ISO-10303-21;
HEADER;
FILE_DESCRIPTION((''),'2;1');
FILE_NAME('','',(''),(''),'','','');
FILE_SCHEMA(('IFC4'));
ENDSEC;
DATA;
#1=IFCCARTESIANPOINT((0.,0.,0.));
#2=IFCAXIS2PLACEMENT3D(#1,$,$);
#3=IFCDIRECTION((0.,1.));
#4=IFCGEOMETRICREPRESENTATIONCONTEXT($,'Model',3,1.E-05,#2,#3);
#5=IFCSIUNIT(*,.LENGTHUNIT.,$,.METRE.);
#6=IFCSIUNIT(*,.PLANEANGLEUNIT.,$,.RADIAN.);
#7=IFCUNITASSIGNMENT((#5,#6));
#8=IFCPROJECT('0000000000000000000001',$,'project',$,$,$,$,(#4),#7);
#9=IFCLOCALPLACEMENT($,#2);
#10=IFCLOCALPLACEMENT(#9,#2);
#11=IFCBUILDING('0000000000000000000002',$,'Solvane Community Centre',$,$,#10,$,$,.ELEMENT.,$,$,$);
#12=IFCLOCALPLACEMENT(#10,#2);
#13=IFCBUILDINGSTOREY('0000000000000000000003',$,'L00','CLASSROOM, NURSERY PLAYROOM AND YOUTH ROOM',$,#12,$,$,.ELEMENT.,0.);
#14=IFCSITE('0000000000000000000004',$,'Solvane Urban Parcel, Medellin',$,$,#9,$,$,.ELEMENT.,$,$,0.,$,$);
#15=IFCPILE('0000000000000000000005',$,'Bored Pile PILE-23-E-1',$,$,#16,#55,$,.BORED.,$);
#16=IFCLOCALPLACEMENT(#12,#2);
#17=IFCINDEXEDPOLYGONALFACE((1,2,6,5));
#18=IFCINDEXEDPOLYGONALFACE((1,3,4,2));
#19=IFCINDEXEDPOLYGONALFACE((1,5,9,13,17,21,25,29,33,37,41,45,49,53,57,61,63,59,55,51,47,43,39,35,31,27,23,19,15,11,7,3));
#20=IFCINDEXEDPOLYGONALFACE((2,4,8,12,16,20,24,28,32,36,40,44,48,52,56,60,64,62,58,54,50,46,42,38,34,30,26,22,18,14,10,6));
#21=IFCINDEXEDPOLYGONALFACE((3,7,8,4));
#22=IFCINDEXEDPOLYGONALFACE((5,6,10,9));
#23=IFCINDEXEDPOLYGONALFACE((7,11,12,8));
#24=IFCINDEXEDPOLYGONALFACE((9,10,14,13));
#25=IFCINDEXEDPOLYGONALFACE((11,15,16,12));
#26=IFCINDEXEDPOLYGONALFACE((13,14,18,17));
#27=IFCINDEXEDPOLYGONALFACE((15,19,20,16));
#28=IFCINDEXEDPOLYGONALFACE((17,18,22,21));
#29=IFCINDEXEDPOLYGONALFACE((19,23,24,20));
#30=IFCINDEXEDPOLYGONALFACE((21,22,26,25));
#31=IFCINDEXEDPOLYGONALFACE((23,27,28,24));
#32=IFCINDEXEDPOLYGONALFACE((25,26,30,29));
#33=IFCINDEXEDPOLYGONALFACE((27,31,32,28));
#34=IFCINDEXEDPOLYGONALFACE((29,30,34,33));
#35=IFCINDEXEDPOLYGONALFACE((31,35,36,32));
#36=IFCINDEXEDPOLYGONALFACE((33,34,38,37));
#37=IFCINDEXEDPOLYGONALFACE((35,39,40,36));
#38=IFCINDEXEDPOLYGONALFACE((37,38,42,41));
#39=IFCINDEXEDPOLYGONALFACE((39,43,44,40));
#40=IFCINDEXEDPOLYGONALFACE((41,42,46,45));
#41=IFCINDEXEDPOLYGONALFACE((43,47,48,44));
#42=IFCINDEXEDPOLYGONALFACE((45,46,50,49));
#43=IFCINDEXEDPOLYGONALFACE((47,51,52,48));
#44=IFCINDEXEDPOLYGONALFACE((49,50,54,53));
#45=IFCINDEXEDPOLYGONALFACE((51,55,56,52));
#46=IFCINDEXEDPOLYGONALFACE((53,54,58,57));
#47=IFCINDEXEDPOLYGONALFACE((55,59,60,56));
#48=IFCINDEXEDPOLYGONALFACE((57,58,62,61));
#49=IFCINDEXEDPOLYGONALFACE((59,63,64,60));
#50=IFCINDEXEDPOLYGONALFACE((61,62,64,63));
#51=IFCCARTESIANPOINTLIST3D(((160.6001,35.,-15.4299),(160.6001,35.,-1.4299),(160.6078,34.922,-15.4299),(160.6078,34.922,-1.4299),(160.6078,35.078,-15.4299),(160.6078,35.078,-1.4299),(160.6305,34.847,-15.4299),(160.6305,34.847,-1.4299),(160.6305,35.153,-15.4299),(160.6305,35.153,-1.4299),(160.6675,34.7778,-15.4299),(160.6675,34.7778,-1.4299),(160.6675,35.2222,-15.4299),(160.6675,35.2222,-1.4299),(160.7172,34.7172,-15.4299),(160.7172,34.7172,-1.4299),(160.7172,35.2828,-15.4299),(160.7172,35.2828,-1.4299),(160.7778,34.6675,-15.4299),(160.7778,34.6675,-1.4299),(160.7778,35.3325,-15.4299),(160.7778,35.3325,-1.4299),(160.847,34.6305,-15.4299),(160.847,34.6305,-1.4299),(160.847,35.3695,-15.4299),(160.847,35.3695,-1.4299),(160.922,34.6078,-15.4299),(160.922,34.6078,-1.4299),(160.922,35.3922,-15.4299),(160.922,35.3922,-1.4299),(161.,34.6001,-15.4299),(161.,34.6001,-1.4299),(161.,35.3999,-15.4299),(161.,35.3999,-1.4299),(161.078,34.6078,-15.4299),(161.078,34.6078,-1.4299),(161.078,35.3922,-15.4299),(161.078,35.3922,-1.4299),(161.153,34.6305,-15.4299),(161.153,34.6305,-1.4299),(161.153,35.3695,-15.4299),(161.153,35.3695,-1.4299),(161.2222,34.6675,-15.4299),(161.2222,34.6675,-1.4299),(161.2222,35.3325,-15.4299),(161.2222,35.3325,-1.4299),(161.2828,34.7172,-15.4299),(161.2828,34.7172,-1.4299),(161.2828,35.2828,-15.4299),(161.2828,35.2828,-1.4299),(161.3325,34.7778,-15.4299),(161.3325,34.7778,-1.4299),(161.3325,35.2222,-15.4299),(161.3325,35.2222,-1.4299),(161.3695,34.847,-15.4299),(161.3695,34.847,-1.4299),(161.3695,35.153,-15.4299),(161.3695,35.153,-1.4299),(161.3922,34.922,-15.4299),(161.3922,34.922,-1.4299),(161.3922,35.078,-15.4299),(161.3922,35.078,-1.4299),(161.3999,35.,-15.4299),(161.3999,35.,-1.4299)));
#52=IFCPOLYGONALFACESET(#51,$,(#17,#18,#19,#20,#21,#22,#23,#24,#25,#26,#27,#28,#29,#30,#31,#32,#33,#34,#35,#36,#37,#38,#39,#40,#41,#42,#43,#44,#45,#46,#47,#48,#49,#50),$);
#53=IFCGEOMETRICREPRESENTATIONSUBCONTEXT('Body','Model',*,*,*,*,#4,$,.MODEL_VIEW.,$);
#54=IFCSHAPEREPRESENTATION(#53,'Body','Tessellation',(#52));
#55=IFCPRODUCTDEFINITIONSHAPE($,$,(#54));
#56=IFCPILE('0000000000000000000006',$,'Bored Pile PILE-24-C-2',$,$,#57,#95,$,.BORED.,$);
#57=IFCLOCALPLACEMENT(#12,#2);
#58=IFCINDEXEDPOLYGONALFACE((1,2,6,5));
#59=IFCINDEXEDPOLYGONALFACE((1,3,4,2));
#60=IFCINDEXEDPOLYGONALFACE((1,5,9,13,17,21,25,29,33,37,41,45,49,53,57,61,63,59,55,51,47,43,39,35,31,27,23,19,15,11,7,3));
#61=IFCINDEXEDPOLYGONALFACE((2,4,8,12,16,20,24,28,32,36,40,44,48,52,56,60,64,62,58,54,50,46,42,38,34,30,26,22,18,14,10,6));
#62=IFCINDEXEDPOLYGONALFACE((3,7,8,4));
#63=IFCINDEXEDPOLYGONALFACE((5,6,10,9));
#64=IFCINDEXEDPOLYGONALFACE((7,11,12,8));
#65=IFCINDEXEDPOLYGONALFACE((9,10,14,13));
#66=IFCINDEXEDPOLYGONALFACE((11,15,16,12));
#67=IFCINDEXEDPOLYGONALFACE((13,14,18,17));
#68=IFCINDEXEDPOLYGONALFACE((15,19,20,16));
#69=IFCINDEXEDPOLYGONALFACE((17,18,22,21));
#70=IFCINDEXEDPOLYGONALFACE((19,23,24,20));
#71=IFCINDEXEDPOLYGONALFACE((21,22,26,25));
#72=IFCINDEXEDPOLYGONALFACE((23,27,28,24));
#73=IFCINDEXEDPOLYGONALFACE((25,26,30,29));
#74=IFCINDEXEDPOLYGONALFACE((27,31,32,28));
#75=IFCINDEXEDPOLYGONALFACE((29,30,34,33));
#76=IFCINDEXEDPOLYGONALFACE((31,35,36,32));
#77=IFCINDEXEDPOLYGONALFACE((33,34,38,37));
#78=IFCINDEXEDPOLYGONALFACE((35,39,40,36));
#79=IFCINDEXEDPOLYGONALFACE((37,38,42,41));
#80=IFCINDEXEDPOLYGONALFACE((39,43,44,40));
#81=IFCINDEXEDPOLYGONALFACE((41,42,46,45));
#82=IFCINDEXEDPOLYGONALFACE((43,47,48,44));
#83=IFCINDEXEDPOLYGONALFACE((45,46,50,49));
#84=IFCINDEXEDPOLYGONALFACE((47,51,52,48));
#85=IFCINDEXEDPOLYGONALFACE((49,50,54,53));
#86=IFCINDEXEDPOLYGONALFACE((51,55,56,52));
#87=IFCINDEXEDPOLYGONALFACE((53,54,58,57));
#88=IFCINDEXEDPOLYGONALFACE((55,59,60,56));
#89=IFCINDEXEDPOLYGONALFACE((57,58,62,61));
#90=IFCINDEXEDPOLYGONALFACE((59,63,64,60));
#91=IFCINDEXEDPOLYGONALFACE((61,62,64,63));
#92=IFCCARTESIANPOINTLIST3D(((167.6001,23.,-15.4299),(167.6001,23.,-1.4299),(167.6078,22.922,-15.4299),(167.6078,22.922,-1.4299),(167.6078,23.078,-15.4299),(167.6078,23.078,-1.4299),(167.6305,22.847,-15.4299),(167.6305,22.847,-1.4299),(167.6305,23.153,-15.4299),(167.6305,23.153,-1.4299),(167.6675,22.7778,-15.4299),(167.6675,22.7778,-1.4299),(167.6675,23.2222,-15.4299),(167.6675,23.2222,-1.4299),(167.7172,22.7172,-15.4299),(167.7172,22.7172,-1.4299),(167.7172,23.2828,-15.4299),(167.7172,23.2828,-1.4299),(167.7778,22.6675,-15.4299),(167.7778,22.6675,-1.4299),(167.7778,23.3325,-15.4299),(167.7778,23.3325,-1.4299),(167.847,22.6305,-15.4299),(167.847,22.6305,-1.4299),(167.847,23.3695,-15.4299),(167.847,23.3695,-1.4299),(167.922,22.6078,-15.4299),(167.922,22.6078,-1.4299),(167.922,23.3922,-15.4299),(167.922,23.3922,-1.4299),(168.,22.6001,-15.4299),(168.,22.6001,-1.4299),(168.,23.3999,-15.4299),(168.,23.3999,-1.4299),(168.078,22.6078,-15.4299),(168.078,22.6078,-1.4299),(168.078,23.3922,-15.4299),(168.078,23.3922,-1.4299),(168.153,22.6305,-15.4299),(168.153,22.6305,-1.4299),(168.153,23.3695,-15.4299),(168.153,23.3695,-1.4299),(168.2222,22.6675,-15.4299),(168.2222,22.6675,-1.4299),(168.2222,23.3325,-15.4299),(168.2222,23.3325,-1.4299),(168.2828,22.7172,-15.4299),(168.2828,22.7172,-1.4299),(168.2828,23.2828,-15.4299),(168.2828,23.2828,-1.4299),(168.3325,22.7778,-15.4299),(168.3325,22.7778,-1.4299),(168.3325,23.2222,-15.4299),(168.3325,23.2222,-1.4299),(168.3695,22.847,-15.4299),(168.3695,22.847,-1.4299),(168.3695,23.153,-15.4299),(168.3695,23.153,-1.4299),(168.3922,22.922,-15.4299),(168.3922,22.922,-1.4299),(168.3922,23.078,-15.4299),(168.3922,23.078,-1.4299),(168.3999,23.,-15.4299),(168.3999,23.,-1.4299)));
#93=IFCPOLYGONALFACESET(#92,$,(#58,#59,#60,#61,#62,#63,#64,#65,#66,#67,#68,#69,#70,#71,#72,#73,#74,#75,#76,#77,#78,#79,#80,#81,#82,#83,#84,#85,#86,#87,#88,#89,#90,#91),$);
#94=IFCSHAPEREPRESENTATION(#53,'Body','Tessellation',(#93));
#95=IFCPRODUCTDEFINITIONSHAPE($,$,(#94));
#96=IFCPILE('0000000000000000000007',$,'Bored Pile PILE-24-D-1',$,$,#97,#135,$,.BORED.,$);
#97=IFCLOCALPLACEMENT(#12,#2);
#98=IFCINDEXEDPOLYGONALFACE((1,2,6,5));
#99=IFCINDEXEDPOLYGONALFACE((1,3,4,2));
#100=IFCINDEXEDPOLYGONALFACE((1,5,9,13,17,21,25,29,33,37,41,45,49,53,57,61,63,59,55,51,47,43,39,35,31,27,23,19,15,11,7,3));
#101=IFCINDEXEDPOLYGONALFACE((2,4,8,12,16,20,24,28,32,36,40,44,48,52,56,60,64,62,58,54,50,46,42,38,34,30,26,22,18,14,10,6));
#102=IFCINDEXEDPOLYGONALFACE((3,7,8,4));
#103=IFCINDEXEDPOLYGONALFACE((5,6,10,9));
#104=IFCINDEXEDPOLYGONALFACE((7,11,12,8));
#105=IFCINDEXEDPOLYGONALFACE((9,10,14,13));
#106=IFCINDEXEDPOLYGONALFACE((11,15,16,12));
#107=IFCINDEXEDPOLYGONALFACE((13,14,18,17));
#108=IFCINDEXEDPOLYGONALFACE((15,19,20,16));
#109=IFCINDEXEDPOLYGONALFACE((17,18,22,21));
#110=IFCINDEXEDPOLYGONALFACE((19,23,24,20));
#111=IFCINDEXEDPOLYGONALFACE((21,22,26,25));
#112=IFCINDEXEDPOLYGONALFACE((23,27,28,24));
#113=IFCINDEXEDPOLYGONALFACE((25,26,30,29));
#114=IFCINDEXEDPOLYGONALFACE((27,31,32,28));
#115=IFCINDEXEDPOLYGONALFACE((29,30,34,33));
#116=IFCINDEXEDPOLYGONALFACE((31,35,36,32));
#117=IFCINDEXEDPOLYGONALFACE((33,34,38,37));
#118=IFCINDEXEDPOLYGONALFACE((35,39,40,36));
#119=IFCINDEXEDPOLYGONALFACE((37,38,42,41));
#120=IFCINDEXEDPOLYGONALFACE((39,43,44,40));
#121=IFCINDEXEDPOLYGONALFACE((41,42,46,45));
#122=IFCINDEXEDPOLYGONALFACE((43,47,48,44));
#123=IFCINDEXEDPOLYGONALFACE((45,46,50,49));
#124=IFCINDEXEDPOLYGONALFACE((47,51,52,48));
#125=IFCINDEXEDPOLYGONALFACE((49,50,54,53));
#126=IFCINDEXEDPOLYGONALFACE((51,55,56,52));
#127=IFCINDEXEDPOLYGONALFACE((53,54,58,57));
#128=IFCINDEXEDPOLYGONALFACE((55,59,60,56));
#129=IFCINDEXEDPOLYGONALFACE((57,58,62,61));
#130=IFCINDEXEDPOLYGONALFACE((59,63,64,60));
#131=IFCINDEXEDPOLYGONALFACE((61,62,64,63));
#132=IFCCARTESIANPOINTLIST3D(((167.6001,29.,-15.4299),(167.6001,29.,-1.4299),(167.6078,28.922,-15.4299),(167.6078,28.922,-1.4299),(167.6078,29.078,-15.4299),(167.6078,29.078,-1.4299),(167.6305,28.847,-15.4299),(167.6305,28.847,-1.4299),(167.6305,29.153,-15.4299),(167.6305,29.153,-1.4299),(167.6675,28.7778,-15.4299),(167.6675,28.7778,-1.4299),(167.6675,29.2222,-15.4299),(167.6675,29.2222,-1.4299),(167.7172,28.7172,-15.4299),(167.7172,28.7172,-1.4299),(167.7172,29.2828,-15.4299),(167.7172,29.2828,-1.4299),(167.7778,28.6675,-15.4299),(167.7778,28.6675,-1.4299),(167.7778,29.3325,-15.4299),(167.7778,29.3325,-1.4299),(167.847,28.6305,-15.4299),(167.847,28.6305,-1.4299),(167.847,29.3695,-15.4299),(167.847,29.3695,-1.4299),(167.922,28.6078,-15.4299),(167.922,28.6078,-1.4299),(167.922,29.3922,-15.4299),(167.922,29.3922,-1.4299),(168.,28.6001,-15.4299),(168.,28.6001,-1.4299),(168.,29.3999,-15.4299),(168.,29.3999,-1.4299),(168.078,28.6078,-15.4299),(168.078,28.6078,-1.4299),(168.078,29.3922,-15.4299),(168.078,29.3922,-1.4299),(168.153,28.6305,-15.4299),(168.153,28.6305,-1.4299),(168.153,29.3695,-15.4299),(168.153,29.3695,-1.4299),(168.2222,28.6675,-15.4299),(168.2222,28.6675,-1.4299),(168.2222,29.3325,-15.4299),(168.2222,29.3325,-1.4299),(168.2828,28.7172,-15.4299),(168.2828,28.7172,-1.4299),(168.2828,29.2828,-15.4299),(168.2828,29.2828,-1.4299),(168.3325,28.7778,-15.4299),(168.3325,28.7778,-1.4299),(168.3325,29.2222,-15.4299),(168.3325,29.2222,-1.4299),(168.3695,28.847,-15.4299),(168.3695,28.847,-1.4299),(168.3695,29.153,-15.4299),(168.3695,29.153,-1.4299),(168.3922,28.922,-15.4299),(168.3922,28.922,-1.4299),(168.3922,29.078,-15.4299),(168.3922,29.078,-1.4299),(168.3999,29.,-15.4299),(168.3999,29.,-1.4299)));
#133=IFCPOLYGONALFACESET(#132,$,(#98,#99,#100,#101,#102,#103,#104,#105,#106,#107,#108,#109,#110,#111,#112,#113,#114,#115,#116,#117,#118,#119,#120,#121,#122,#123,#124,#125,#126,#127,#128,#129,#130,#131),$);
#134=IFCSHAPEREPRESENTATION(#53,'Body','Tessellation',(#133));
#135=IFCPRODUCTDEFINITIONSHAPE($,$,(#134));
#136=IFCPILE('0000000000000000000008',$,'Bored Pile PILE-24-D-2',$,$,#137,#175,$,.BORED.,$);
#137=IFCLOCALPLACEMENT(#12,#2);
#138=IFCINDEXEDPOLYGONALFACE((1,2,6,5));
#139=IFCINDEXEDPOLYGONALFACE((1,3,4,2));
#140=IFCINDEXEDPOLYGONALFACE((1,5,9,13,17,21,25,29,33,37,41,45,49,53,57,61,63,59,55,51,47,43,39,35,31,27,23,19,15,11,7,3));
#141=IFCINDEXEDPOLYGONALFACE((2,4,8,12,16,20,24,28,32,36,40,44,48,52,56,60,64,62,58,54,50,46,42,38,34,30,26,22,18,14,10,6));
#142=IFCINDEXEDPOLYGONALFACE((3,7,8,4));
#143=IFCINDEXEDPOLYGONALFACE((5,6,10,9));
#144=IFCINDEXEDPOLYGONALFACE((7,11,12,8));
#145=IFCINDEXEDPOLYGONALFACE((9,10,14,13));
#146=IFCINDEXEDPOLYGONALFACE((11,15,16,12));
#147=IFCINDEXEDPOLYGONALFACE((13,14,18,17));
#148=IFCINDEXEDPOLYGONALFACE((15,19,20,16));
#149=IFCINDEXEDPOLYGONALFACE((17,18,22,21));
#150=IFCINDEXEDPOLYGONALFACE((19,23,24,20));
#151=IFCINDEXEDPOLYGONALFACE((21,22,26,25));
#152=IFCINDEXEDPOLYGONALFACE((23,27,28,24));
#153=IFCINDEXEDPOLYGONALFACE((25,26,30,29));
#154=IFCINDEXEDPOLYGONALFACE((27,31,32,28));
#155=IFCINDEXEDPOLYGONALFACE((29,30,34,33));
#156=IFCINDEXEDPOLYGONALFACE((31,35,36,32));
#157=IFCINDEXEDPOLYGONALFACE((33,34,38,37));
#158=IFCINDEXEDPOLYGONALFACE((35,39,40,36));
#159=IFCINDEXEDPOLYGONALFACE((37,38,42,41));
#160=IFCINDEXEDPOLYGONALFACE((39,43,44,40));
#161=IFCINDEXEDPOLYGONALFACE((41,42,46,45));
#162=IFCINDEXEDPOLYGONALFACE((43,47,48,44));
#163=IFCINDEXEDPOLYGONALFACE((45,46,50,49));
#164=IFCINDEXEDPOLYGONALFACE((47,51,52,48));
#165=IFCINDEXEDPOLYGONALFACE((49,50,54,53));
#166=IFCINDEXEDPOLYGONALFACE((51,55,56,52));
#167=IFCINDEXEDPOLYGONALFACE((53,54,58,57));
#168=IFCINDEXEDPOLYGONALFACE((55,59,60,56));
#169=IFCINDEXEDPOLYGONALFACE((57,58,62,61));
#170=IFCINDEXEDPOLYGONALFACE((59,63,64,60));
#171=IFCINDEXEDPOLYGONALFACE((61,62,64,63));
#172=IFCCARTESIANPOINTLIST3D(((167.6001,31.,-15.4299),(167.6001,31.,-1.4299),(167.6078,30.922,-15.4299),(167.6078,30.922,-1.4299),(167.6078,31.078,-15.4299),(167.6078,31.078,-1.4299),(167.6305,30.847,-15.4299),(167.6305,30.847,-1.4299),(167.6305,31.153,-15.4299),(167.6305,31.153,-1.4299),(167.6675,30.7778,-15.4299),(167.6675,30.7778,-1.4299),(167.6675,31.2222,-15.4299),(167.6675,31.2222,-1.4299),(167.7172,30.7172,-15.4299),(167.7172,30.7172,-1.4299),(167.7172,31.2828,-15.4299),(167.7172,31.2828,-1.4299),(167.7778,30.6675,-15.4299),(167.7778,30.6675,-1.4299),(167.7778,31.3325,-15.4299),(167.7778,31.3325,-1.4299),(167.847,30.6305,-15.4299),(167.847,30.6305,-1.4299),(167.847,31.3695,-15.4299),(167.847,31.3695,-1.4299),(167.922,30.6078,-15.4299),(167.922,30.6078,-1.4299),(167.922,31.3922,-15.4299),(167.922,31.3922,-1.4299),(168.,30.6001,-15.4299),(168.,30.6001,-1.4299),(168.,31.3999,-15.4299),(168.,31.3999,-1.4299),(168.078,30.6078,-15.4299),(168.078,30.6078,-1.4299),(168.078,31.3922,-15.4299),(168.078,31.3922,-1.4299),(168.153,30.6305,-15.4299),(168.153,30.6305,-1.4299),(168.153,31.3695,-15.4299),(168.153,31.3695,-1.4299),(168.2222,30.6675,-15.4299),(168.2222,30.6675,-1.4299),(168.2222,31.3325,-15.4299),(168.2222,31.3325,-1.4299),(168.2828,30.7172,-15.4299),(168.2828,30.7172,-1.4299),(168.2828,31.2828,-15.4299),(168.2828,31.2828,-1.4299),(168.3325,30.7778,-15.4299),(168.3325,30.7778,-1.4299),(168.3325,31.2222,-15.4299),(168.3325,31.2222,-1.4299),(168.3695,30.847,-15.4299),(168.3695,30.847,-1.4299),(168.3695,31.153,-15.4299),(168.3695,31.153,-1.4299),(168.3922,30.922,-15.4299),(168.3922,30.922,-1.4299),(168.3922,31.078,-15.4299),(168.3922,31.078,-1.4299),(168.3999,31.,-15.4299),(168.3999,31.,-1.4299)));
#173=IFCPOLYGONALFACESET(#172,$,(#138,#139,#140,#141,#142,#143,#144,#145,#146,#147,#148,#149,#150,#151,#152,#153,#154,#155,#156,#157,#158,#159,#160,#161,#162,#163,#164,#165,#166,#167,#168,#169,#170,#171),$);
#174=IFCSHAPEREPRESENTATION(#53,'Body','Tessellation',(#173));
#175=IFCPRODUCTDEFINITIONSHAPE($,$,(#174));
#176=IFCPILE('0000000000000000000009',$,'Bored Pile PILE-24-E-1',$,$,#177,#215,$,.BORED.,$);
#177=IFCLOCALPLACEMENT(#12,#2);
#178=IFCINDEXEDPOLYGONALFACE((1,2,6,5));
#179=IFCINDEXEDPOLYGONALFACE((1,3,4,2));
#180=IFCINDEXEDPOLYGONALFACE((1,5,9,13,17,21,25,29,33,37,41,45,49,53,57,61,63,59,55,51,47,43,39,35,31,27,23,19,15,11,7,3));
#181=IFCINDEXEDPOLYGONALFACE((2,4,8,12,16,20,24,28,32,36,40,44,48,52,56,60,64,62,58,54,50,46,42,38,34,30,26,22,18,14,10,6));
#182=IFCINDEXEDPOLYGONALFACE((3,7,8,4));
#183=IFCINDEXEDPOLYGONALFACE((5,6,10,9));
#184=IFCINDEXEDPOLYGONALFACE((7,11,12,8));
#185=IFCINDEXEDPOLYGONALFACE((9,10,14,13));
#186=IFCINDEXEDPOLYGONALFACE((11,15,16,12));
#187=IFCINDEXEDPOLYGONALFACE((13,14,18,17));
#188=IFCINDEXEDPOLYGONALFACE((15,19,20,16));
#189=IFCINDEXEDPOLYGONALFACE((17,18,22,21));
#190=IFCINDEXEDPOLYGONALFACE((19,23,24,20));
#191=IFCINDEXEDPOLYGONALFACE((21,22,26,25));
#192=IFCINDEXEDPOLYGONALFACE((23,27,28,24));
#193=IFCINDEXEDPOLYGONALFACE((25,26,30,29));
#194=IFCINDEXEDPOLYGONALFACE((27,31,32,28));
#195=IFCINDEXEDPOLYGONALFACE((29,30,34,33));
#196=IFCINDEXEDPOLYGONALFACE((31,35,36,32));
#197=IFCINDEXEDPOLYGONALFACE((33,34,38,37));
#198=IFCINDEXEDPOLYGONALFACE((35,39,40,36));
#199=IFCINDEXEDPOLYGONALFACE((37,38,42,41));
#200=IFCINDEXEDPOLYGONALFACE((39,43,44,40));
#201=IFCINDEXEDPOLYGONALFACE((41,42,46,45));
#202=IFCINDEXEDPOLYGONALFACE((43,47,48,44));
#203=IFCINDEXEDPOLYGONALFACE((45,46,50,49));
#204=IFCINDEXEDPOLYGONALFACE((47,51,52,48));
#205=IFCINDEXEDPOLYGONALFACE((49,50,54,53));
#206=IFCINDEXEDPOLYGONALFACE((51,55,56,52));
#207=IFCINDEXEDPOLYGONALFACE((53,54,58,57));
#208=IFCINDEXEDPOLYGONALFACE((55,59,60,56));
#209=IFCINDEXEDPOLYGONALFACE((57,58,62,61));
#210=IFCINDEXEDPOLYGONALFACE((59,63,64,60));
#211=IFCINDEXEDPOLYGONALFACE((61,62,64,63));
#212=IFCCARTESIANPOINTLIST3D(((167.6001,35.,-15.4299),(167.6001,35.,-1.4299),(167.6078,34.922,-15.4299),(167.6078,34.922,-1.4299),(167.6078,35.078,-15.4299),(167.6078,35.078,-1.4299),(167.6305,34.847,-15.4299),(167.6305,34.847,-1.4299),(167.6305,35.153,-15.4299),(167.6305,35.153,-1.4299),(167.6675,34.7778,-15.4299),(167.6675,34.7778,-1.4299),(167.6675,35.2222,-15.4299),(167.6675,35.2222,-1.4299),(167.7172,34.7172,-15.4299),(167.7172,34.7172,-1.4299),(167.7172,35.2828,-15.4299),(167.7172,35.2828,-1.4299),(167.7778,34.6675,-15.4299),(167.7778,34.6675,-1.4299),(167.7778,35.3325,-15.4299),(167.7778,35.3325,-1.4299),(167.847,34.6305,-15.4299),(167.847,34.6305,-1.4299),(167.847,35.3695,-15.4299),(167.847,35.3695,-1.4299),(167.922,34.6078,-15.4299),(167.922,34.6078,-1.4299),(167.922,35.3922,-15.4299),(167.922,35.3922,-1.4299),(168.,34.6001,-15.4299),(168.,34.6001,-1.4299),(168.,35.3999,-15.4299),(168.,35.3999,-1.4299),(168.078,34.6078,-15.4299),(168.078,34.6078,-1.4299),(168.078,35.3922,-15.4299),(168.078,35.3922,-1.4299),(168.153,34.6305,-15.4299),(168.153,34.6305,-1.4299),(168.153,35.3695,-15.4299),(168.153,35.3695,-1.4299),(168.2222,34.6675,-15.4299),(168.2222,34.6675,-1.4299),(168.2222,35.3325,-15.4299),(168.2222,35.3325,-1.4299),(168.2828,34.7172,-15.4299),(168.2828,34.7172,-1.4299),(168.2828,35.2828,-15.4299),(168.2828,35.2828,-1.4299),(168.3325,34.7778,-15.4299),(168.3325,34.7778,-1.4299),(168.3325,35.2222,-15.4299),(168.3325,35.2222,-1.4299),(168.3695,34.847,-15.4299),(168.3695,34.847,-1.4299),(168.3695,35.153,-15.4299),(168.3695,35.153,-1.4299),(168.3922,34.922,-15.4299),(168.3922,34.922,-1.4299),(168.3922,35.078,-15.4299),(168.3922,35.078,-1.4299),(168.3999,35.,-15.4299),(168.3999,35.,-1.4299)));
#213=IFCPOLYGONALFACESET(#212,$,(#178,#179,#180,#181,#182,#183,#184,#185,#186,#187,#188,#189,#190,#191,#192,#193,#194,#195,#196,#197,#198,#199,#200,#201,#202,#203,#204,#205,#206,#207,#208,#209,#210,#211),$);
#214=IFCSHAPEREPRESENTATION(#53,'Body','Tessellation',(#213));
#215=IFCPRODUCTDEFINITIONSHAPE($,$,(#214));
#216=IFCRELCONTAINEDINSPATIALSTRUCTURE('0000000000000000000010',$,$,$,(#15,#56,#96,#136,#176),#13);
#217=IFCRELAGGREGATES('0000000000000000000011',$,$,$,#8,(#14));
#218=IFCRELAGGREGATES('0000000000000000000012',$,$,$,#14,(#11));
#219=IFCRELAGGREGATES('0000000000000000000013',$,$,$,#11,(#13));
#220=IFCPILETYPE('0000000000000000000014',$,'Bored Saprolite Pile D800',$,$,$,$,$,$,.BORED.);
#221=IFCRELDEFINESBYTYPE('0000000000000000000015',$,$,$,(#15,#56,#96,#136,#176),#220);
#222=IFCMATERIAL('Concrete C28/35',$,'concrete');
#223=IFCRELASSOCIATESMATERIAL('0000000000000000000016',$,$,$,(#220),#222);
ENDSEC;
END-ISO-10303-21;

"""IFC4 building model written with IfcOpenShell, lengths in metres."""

from ifc_helpers import new_model, si_unit, direction, frame, origin, origin_2d, place, context, subcontext, project, spatial, circle, extrude, material, material_profile, profile_set, type_object, element, save


model = new_model("IFC4")

# Units and contexts
model_context = context("Model", 3, precision=1e-05, world=origin(), true_north=direction((0.0, 1.0)))
body_context = subcontext(model_context, "Body", "Model", "MODEL_VIEW")
ifc_project = project(units=[si_unit("LENGTHUNIT", "METRE"), si_unit("PLANEANGLEUNIT", "RADIAN")], contexts=[model_context])

# Site, building, storey
site_placement = place(None, origin())
site = spatial("IfcSite", under=ifc_project, at=site_placement, Name="Solvane Urban Parcel, Medellin", CompositionType="ELEMENT", RefElevation=0.0)
building_placement = place(site_placement, origin())
building = spatial("IfcBuilding", under=site, at=building_placement, Name="Solvane Community Centre", CompositionType="ELEMENT")
storey_placement = place(building_placement, origin())
storey = spatial("IfcBuildingStorey", under=building, at=storey_placement, Name="L00", Description="CLASSROOM, NURSERY PLAYROOM AND YOUTH ROOM", CompositionType="ELEMENT", Elevation=0.0)

# Piles
ifc_material_1 = material(Name="Concrete C28/35", Category="concrete")
ifc_material_profile_1 = material_profile(ifc_material_1, circle(Radius=0.3999, at=origin_2d()), Name="PILE D800")
ifc_profile_set_1 = profile_set([ifc_material_profile_1], Name="Concrete C28/35")
pile_type = type_object("IfcPileType", Name="Bored Saprolite Pile D800", PredefinedType="BORED", material=ifc_profile_set_1)
for number, where, z_axis, x_axis, name in (
    (1, (161.0, 35.0, -1.4299), (0.0, 0.0, -1.0), (1.0, 0.0, 0.0), "Bored Pile PILE-23-E-1"),
    (2, (168.0, 23.0, -1.4299), (0.0, 0.0, -1.0), (1.0, 0.0, 0.0), "Bored Pile PILE-24-C-2"),
    (3, (168.0, 29.0, -1.4299), (0.0, 0.0, -1.0), (1.0, 0.0, 0.0), "Bored Pile PILE-24-D-1"),
    (4, (168.0, 31.0, -1.4299), (0.0, 0.0, -1.0), (1.0, 0.0, 0.0), "Bored Pile PILE-24-D-2"),
    (5, (168.0, 35.0, -1.4299), (0.0, 0.0, -1.0), (1.0, 0.0, 0.0), "Bored Pile PILE-24-E-1"),
):
    element("IfcPile", number, at=place(storey_placement, frame(where, z_axis=z_axis, x_axis=x_axis)), inside=storey, type_object=pile_type, Name=name, PredefinedType="BORED", context=body_context, shape_type="SweptSolid", body=[
        extrude(circle(Radius=0.3999, at=origin_2d()), origin(), (0.0, 0.0, 1.0), 14.0),
    ])

save(model, "model.ifc")
